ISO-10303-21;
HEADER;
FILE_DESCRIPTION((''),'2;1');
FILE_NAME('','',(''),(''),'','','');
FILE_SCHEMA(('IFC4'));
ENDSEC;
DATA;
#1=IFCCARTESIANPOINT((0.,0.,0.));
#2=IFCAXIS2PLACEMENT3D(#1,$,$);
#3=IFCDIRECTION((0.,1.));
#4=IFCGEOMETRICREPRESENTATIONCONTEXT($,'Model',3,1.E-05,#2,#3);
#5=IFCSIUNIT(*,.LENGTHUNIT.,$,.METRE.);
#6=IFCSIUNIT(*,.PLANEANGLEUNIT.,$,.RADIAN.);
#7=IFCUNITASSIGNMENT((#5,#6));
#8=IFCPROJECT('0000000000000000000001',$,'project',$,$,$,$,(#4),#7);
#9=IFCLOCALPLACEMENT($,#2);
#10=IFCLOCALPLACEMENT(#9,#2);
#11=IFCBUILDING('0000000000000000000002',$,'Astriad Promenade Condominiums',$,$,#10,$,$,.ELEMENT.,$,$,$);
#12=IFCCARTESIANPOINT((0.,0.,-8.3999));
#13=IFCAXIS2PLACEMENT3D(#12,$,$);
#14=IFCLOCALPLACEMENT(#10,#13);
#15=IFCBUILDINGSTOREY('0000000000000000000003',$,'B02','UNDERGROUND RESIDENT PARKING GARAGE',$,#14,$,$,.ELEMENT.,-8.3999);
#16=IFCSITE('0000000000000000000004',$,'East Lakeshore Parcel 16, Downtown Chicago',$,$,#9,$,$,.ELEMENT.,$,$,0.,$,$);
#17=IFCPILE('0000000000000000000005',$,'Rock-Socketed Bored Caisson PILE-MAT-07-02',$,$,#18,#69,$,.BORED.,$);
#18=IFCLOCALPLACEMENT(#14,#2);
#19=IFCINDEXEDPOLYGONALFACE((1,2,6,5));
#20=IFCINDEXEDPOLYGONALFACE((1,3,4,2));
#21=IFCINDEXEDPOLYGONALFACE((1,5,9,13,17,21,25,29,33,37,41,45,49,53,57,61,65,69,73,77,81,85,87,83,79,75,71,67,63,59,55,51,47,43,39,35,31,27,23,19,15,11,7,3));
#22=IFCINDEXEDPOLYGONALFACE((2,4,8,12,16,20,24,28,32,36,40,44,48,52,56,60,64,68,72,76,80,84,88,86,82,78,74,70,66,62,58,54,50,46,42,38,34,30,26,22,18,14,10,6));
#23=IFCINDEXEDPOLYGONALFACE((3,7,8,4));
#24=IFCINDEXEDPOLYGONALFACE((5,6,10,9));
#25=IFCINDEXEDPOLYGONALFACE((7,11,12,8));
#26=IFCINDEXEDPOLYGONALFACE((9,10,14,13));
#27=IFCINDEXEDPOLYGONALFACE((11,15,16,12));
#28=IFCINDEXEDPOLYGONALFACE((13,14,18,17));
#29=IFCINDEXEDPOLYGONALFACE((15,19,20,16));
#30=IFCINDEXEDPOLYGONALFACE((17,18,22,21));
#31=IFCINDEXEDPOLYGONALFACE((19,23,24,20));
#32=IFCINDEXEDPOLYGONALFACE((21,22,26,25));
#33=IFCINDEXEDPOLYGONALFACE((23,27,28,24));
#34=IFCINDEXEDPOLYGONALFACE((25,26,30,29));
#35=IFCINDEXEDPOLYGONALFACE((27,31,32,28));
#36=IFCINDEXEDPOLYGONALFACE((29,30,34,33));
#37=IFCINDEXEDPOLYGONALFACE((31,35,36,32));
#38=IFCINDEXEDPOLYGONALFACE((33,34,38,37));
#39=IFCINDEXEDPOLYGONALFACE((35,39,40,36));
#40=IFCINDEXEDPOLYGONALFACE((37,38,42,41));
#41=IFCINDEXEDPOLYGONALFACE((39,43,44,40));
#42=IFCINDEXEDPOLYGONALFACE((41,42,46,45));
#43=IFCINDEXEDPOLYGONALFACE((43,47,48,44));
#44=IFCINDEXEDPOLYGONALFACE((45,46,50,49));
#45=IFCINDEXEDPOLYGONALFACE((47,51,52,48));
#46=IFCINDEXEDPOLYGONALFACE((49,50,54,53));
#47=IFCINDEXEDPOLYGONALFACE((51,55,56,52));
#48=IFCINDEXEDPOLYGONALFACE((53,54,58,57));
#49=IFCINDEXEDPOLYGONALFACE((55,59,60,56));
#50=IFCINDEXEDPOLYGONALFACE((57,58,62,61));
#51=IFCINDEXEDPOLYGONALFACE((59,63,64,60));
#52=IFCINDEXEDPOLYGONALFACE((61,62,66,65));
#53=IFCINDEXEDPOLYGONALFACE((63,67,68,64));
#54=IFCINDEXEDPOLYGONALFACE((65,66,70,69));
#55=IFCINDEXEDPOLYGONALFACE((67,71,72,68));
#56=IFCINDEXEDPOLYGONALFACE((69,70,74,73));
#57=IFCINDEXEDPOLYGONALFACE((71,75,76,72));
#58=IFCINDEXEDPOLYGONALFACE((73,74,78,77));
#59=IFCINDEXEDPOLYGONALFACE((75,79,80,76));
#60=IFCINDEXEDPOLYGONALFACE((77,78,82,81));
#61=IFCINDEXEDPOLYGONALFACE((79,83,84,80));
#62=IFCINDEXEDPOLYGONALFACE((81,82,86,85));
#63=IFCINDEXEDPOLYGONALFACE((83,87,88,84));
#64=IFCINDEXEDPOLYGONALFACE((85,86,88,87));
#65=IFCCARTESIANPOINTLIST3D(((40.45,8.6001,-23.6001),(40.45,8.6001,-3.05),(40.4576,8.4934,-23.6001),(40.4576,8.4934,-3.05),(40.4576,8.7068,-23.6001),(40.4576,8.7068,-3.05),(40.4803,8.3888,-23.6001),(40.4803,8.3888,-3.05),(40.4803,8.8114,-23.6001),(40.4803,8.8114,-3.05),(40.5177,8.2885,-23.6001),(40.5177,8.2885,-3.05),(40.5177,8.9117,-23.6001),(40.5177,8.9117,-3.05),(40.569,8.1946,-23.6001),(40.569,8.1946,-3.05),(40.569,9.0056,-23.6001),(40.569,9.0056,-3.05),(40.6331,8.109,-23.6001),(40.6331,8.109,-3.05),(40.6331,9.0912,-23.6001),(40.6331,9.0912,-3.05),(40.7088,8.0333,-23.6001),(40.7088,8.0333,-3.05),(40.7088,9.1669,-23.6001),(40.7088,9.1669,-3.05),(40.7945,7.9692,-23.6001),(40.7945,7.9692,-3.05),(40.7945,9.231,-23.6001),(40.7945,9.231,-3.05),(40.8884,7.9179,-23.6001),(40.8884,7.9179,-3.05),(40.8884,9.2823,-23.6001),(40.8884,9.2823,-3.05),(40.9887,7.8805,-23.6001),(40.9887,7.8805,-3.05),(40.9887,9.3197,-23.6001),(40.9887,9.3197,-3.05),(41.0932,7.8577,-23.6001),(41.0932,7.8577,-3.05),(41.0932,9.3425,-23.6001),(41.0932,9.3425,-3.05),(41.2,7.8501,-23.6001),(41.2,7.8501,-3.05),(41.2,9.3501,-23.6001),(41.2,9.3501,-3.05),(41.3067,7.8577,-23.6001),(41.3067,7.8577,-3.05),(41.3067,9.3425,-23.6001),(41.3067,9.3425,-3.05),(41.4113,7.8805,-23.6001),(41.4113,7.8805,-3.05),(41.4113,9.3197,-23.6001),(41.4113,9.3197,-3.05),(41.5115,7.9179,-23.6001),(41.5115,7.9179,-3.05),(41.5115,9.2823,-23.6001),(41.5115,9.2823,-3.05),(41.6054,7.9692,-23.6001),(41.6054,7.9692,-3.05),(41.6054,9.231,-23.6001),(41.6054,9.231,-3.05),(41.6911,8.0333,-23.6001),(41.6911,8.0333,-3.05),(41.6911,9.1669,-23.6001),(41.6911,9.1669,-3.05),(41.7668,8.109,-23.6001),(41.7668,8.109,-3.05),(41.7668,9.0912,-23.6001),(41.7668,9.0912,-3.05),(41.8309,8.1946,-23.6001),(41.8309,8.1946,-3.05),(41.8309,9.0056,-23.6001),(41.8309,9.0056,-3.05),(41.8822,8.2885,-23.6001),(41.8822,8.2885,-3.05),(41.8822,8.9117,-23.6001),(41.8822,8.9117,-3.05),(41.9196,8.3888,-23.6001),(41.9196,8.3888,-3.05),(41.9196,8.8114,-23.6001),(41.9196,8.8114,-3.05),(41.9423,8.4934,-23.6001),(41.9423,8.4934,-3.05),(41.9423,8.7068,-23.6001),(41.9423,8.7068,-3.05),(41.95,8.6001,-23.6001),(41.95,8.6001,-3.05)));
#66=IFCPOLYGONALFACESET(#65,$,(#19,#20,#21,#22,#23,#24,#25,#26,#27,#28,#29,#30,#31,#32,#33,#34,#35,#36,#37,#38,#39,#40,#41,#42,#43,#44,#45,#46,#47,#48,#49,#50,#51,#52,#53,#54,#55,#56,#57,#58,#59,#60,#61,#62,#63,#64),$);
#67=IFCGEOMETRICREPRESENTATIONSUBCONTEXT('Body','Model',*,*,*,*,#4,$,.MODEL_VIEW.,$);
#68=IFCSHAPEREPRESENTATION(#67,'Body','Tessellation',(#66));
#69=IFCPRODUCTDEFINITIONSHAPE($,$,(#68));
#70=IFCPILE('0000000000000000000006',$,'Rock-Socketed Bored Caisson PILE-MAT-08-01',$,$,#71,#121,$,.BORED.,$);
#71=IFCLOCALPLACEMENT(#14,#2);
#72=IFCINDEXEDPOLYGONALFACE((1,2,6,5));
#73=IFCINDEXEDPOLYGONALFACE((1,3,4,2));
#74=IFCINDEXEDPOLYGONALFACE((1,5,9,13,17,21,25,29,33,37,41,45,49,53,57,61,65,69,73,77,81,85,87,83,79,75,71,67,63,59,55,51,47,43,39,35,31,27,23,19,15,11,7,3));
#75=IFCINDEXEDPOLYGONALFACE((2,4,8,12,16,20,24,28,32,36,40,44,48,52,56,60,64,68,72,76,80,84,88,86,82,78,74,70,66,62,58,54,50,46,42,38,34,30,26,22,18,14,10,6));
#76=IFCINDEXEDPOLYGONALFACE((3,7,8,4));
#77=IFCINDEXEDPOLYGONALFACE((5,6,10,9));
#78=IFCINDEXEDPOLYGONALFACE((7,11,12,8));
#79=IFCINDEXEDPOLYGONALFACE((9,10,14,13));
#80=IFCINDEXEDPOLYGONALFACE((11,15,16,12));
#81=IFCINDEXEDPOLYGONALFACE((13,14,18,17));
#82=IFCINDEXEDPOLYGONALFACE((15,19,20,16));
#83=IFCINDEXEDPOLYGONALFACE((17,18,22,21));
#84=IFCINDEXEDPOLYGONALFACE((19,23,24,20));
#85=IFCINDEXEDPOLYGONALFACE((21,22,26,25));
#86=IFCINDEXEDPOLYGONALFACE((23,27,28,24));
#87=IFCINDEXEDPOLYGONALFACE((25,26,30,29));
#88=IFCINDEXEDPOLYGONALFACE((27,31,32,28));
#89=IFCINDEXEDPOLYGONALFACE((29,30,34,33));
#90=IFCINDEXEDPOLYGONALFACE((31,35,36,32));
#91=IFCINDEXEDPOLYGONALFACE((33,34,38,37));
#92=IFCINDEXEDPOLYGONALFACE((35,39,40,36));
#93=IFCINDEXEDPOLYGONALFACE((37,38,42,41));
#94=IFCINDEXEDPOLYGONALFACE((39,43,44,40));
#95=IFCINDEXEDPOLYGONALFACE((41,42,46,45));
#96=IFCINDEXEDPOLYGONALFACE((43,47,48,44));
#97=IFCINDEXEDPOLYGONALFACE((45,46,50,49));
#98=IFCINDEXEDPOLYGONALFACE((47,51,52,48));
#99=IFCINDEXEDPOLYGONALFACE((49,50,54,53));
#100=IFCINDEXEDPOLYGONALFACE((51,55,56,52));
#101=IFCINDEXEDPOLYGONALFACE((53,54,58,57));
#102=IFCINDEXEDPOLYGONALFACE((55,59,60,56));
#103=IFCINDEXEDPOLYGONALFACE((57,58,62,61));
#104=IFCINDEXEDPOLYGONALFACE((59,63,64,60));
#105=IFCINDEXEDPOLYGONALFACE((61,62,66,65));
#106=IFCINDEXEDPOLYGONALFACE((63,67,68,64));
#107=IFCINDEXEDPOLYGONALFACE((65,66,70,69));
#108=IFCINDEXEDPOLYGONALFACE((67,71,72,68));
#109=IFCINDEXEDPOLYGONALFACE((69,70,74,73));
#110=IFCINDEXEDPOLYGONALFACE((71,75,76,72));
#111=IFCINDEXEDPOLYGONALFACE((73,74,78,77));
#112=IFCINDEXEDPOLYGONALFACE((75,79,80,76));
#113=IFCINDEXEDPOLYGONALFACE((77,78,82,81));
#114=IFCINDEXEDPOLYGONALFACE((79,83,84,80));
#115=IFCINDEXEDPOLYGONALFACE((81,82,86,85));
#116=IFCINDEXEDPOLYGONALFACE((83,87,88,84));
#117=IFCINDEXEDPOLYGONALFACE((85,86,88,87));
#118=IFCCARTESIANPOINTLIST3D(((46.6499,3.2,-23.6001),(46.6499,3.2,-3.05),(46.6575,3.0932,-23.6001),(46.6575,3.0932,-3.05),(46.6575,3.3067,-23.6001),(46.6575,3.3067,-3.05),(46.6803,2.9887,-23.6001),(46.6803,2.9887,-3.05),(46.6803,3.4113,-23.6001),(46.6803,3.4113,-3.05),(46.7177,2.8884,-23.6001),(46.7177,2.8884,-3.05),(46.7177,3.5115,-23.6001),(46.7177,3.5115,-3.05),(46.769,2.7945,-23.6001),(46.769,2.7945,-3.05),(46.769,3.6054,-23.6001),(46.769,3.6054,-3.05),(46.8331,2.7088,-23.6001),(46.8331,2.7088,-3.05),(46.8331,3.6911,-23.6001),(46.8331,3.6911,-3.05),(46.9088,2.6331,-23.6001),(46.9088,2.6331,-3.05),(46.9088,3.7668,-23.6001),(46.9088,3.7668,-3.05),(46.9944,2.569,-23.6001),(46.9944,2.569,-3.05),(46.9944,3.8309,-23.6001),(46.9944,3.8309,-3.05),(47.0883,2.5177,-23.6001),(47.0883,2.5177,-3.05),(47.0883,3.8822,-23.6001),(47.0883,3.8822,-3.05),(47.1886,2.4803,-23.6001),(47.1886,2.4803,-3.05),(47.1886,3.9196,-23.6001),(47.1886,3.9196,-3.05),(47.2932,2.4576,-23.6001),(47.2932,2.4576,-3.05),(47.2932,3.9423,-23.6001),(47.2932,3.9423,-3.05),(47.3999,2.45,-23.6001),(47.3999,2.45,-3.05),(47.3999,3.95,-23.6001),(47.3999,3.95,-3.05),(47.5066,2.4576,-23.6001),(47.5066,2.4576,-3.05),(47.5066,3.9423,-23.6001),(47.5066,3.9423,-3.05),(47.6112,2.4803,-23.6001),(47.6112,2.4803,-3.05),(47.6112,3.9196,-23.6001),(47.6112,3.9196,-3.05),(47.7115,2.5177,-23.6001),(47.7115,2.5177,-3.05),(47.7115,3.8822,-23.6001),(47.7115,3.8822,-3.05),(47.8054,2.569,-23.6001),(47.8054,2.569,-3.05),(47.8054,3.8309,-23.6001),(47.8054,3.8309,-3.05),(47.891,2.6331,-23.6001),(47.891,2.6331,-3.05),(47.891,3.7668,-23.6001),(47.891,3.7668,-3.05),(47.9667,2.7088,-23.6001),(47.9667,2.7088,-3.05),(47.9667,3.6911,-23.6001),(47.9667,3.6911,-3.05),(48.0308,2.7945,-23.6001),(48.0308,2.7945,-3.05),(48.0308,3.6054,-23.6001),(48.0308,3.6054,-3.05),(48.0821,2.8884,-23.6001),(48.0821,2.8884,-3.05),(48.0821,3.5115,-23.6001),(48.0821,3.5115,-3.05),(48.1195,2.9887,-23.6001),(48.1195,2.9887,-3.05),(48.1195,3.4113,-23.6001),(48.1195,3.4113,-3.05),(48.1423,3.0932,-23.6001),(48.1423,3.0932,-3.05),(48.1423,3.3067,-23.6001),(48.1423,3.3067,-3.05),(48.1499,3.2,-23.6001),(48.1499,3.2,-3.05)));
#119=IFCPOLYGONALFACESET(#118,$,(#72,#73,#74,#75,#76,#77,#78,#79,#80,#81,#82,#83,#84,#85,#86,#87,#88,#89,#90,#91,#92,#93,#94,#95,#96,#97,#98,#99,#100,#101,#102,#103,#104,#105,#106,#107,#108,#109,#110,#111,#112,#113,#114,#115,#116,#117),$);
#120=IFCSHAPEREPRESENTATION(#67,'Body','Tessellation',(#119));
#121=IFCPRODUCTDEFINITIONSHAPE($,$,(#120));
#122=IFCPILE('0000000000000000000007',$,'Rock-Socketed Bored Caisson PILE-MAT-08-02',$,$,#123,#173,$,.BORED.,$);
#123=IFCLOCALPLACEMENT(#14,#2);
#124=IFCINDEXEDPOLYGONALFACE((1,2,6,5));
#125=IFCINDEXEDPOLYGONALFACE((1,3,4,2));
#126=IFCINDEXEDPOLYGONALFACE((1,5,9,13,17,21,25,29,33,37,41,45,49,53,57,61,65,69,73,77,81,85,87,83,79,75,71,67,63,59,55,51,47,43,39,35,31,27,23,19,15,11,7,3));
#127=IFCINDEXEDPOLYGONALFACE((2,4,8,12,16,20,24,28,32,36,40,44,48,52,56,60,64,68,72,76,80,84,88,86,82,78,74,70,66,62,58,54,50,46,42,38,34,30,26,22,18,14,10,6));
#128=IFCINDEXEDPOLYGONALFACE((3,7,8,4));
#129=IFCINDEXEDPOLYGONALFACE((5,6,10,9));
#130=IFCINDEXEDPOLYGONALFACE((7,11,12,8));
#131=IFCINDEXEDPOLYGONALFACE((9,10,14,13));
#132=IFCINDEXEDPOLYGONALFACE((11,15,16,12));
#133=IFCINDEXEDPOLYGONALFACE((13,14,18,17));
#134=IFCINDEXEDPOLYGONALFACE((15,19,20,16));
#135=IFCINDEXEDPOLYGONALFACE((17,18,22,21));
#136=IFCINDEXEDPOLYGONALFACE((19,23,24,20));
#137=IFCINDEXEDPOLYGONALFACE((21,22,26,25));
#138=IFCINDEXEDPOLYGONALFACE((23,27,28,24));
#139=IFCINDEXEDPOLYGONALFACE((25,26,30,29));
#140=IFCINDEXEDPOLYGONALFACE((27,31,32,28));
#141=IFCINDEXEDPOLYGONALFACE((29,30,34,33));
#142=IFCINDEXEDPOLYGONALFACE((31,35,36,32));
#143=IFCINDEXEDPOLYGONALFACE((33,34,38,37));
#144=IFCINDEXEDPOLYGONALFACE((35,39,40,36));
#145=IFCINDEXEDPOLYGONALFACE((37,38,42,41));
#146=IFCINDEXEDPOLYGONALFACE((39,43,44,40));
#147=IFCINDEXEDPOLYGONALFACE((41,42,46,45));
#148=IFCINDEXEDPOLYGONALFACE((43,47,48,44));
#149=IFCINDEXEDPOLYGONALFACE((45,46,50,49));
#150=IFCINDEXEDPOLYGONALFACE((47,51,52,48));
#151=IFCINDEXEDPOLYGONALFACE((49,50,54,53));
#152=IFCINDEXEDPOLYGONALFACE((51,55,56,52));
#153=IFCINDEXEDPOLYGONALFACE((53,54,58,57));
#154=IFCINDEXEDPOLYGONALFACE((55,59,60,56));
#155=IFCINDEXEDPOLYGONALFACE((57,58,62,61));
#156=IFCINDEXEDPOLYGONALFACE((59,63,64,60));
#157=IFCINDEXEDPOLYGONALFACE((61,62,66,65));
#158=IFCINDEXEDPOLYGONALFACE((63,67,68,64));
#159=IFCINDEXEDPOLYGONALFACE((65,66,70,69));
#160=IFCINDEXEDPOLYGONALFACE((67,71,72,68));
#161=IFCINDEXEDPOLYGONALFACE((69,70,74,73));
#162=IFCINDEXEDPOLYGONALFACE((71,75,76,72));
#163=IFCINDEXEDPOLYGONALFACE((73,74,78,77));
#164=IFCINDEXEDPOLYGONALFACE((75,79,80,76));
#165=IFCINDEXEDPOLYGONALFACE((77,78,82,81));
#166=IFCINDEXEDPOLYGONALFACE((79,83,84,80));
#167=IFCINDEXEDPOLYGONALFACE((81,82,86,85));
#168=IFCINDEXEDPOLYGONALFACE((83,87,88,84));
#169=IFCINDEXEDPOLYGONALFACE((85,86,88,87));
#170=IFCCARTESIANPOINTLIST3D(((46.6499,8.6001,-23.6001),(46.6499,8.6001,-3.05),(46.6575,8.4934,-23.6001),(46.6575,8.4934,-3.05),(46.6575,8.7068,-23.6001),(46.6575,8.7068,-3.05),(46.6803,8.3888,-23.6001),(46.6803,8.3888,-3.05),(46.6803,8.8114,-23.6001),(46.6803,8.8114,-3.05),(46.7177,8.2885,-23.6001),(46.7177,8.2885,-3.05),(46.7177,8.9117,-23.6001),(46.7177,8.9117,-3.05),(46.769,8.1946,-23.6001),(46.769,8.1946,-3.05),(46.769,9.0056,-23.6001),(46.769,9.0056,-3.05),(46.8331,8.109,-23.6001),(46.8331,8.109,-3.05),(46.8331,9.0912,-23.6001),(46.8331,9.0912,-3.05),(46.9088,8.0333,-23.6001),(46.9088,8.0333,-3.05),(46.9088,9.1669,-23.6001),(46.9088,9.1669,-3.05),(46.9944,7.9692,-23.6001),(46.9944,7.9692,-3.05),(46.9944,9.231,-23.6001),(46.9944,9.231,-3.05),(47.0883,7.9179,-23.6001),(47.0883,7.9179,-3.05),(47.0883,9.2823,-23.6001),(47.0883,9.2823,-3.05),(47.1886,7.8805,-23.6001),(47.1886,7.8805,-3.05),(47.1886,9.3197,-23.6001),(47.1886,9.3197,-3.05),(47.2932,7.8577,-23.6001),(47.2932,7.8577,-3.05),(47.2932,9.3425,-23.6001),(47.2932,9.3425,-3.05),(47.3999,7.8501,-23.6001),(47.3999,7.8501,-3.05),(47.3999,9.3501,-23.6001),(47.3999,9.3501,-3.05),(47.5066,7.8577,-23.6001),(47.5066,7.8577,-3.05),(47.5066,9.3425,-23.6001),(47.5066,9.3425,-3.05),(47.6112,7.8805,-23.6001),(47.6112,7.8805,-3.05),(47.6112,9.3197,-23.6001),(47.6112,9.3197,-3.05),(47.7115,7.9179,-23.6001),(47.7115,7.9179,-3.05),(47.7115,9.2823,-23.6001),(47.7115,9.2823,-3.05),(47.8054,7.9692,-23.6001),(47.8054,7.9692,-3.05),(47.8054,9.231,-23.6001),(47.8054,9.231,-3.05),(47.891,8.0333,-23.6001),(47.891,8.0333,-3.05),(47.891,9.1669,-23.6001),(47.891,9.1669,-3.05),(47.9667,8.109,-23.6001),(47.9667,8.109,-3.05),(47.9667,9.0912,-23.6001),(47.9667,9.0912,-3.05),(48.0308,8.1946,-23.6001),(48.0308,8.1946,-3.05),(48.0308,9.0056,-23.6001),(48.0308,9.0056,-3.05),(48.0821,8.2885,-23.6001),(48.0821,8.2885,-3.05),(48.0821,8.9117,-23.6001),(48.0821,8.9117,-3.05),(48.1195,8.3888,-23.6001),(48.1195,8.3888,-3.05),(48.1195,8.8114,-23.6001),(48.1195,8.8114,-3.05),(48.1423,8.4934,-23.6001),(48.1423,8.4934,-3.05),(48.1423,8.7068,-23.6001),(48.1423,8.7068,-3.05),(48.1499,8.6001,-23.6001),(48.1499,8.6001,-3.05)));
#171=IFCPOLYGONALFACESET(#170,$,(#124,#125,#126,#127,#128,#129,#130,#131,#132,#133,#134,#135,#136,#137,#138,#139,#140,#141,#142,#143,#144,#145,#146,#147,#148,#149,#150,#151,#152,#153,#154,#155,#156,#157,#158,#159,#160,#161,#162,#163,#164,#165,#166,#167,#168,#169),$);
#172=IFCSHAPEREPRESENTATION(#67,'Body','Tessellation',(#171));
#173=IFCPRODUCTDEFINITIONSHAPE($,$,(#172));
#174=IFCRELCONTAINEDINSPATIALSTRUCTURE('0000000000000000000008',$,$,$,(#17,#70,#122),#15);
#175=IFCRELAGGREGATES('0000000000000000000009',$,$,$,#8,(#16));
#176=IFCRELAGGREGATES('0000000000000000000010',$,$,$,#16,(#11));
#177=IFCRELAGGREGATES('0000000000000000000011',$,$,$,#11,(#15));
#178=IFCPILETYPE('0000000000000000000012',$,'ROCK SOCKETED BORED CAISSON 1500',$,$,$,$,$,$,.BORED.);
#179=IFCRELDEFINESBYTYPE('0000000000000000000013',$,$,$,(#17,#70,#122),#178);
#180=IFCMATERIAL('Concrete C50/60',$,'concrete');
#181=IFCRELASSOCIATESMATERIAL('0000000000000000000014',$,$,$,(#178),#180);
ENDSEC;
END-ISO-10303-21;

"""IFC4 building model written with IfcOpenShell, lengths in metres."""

from ifc_helpers import new_model, si_unit, direction, frame, origin, origin_2d, place, context, subcontext, project, spatial, circle, extrude, source, transform, mapped, material, material_profile, profile_set, type_object, type_shapes, element, save


model = new_model("IFC4")

# Units and contexts
model_context = context("Model", 3, precision=1e-05, world=origin(), true_north=direction((0.0, 1.0)))
body_context = subcontext(model_context, "Body", "Model", "MODEL_VIEW")
ifc_project = project(units=[si_unit("LENGTHUNIT", "METRE"), si_unit("PLANEANGLEUNIT", "RADIAN")], contexts=[model_context])

# Site, building, storey
site_placement = place(None, origin())
site = spatial("IfcSite", under=ifc_project, at=site_placement, Name="East Lakeshore Parcel 16, Downtown Chicago", CompositionType="ELEMENT", RefElevation=0.0)
building_placement = place(site_placement, origin())
building = spatial("IfcBuilding", under=site, at=building_placement, Name="Astriad Promenade Condominiums", CompositionType="ELEMENT")
storey_placement = place(building_placement, frame((0.0, 0.0, -8.3999)))
storey = spatial("IfcBuildingStorey", under=building, at=storey_placement, Name="B02", Description="UNDERGROUND RESIDENT PARKING GARAGE", CompositionType="ELEMENT", Elevation=-8.3999)

# Piles
ifc_material_1 = material(Name="Concrete C50/60", Category="concrete")
ifc_material_profile_1 = material_profile(ifc_material_1, circle(Radius=0.75, at=origin_2d()), Name="CAISSON-D1500")
ifc_profile_set_1 = profile_set([ifc_material_profile_1], Name="Concrete C50/60")
pile_type_1 = type_object("IfcPileType", Name="ROCK SOCKETED BORED CAISSON 1500", PredefinedType="BORED", material=ifc_profile_set_1)
shared_shape_1 = source(origin(), body_context, "Body", "SweptSolid", [
    extrude(circle(Radius=0.75, at=origin_2d()), origin(), (0.0, 0.0, 1.0), 20.55),
])
type_shapes(pile_type_1, [shared_shape_1])
for number, where, z_axis, x_axis, name in (
    (1, (41.2, 8.6001, -3.05), (0.0, 0.0, -1.0), (1.0, 0.0, 0.0), "Rock-Socketed Bored Caisson PILE-MAT-07-02"),
    (2, (47.3999, 3.2, -3.05), (0.0, 0.0, -1.0), (1.0, 0.0, 0.0), "Rock-Socketed Bored Caisson PILE-MAT-08-01"),
    (3, (47.3999, 8.6001, -3.05), (0.0, 0.0, -1.0), (1.0, 0.0, 0.0), "Rock-Socketed Bored Caisson PILE-MAT-08-02"),
):
    element("IfcPile", number, at=place(storey_placement, frame(where, z_axis=z_axis, x_axis=x_axis)), inside=storey, type_object=pile_type_1, Name=name, PredefinedType="BORED", context=body_context, shape_type="MappedRepresentation", body=[
        mapped(shared_shape_1, transform((0.0, 0.0, 0.0), scale=1.0)),
    ])

save(model, "model.ifc")
